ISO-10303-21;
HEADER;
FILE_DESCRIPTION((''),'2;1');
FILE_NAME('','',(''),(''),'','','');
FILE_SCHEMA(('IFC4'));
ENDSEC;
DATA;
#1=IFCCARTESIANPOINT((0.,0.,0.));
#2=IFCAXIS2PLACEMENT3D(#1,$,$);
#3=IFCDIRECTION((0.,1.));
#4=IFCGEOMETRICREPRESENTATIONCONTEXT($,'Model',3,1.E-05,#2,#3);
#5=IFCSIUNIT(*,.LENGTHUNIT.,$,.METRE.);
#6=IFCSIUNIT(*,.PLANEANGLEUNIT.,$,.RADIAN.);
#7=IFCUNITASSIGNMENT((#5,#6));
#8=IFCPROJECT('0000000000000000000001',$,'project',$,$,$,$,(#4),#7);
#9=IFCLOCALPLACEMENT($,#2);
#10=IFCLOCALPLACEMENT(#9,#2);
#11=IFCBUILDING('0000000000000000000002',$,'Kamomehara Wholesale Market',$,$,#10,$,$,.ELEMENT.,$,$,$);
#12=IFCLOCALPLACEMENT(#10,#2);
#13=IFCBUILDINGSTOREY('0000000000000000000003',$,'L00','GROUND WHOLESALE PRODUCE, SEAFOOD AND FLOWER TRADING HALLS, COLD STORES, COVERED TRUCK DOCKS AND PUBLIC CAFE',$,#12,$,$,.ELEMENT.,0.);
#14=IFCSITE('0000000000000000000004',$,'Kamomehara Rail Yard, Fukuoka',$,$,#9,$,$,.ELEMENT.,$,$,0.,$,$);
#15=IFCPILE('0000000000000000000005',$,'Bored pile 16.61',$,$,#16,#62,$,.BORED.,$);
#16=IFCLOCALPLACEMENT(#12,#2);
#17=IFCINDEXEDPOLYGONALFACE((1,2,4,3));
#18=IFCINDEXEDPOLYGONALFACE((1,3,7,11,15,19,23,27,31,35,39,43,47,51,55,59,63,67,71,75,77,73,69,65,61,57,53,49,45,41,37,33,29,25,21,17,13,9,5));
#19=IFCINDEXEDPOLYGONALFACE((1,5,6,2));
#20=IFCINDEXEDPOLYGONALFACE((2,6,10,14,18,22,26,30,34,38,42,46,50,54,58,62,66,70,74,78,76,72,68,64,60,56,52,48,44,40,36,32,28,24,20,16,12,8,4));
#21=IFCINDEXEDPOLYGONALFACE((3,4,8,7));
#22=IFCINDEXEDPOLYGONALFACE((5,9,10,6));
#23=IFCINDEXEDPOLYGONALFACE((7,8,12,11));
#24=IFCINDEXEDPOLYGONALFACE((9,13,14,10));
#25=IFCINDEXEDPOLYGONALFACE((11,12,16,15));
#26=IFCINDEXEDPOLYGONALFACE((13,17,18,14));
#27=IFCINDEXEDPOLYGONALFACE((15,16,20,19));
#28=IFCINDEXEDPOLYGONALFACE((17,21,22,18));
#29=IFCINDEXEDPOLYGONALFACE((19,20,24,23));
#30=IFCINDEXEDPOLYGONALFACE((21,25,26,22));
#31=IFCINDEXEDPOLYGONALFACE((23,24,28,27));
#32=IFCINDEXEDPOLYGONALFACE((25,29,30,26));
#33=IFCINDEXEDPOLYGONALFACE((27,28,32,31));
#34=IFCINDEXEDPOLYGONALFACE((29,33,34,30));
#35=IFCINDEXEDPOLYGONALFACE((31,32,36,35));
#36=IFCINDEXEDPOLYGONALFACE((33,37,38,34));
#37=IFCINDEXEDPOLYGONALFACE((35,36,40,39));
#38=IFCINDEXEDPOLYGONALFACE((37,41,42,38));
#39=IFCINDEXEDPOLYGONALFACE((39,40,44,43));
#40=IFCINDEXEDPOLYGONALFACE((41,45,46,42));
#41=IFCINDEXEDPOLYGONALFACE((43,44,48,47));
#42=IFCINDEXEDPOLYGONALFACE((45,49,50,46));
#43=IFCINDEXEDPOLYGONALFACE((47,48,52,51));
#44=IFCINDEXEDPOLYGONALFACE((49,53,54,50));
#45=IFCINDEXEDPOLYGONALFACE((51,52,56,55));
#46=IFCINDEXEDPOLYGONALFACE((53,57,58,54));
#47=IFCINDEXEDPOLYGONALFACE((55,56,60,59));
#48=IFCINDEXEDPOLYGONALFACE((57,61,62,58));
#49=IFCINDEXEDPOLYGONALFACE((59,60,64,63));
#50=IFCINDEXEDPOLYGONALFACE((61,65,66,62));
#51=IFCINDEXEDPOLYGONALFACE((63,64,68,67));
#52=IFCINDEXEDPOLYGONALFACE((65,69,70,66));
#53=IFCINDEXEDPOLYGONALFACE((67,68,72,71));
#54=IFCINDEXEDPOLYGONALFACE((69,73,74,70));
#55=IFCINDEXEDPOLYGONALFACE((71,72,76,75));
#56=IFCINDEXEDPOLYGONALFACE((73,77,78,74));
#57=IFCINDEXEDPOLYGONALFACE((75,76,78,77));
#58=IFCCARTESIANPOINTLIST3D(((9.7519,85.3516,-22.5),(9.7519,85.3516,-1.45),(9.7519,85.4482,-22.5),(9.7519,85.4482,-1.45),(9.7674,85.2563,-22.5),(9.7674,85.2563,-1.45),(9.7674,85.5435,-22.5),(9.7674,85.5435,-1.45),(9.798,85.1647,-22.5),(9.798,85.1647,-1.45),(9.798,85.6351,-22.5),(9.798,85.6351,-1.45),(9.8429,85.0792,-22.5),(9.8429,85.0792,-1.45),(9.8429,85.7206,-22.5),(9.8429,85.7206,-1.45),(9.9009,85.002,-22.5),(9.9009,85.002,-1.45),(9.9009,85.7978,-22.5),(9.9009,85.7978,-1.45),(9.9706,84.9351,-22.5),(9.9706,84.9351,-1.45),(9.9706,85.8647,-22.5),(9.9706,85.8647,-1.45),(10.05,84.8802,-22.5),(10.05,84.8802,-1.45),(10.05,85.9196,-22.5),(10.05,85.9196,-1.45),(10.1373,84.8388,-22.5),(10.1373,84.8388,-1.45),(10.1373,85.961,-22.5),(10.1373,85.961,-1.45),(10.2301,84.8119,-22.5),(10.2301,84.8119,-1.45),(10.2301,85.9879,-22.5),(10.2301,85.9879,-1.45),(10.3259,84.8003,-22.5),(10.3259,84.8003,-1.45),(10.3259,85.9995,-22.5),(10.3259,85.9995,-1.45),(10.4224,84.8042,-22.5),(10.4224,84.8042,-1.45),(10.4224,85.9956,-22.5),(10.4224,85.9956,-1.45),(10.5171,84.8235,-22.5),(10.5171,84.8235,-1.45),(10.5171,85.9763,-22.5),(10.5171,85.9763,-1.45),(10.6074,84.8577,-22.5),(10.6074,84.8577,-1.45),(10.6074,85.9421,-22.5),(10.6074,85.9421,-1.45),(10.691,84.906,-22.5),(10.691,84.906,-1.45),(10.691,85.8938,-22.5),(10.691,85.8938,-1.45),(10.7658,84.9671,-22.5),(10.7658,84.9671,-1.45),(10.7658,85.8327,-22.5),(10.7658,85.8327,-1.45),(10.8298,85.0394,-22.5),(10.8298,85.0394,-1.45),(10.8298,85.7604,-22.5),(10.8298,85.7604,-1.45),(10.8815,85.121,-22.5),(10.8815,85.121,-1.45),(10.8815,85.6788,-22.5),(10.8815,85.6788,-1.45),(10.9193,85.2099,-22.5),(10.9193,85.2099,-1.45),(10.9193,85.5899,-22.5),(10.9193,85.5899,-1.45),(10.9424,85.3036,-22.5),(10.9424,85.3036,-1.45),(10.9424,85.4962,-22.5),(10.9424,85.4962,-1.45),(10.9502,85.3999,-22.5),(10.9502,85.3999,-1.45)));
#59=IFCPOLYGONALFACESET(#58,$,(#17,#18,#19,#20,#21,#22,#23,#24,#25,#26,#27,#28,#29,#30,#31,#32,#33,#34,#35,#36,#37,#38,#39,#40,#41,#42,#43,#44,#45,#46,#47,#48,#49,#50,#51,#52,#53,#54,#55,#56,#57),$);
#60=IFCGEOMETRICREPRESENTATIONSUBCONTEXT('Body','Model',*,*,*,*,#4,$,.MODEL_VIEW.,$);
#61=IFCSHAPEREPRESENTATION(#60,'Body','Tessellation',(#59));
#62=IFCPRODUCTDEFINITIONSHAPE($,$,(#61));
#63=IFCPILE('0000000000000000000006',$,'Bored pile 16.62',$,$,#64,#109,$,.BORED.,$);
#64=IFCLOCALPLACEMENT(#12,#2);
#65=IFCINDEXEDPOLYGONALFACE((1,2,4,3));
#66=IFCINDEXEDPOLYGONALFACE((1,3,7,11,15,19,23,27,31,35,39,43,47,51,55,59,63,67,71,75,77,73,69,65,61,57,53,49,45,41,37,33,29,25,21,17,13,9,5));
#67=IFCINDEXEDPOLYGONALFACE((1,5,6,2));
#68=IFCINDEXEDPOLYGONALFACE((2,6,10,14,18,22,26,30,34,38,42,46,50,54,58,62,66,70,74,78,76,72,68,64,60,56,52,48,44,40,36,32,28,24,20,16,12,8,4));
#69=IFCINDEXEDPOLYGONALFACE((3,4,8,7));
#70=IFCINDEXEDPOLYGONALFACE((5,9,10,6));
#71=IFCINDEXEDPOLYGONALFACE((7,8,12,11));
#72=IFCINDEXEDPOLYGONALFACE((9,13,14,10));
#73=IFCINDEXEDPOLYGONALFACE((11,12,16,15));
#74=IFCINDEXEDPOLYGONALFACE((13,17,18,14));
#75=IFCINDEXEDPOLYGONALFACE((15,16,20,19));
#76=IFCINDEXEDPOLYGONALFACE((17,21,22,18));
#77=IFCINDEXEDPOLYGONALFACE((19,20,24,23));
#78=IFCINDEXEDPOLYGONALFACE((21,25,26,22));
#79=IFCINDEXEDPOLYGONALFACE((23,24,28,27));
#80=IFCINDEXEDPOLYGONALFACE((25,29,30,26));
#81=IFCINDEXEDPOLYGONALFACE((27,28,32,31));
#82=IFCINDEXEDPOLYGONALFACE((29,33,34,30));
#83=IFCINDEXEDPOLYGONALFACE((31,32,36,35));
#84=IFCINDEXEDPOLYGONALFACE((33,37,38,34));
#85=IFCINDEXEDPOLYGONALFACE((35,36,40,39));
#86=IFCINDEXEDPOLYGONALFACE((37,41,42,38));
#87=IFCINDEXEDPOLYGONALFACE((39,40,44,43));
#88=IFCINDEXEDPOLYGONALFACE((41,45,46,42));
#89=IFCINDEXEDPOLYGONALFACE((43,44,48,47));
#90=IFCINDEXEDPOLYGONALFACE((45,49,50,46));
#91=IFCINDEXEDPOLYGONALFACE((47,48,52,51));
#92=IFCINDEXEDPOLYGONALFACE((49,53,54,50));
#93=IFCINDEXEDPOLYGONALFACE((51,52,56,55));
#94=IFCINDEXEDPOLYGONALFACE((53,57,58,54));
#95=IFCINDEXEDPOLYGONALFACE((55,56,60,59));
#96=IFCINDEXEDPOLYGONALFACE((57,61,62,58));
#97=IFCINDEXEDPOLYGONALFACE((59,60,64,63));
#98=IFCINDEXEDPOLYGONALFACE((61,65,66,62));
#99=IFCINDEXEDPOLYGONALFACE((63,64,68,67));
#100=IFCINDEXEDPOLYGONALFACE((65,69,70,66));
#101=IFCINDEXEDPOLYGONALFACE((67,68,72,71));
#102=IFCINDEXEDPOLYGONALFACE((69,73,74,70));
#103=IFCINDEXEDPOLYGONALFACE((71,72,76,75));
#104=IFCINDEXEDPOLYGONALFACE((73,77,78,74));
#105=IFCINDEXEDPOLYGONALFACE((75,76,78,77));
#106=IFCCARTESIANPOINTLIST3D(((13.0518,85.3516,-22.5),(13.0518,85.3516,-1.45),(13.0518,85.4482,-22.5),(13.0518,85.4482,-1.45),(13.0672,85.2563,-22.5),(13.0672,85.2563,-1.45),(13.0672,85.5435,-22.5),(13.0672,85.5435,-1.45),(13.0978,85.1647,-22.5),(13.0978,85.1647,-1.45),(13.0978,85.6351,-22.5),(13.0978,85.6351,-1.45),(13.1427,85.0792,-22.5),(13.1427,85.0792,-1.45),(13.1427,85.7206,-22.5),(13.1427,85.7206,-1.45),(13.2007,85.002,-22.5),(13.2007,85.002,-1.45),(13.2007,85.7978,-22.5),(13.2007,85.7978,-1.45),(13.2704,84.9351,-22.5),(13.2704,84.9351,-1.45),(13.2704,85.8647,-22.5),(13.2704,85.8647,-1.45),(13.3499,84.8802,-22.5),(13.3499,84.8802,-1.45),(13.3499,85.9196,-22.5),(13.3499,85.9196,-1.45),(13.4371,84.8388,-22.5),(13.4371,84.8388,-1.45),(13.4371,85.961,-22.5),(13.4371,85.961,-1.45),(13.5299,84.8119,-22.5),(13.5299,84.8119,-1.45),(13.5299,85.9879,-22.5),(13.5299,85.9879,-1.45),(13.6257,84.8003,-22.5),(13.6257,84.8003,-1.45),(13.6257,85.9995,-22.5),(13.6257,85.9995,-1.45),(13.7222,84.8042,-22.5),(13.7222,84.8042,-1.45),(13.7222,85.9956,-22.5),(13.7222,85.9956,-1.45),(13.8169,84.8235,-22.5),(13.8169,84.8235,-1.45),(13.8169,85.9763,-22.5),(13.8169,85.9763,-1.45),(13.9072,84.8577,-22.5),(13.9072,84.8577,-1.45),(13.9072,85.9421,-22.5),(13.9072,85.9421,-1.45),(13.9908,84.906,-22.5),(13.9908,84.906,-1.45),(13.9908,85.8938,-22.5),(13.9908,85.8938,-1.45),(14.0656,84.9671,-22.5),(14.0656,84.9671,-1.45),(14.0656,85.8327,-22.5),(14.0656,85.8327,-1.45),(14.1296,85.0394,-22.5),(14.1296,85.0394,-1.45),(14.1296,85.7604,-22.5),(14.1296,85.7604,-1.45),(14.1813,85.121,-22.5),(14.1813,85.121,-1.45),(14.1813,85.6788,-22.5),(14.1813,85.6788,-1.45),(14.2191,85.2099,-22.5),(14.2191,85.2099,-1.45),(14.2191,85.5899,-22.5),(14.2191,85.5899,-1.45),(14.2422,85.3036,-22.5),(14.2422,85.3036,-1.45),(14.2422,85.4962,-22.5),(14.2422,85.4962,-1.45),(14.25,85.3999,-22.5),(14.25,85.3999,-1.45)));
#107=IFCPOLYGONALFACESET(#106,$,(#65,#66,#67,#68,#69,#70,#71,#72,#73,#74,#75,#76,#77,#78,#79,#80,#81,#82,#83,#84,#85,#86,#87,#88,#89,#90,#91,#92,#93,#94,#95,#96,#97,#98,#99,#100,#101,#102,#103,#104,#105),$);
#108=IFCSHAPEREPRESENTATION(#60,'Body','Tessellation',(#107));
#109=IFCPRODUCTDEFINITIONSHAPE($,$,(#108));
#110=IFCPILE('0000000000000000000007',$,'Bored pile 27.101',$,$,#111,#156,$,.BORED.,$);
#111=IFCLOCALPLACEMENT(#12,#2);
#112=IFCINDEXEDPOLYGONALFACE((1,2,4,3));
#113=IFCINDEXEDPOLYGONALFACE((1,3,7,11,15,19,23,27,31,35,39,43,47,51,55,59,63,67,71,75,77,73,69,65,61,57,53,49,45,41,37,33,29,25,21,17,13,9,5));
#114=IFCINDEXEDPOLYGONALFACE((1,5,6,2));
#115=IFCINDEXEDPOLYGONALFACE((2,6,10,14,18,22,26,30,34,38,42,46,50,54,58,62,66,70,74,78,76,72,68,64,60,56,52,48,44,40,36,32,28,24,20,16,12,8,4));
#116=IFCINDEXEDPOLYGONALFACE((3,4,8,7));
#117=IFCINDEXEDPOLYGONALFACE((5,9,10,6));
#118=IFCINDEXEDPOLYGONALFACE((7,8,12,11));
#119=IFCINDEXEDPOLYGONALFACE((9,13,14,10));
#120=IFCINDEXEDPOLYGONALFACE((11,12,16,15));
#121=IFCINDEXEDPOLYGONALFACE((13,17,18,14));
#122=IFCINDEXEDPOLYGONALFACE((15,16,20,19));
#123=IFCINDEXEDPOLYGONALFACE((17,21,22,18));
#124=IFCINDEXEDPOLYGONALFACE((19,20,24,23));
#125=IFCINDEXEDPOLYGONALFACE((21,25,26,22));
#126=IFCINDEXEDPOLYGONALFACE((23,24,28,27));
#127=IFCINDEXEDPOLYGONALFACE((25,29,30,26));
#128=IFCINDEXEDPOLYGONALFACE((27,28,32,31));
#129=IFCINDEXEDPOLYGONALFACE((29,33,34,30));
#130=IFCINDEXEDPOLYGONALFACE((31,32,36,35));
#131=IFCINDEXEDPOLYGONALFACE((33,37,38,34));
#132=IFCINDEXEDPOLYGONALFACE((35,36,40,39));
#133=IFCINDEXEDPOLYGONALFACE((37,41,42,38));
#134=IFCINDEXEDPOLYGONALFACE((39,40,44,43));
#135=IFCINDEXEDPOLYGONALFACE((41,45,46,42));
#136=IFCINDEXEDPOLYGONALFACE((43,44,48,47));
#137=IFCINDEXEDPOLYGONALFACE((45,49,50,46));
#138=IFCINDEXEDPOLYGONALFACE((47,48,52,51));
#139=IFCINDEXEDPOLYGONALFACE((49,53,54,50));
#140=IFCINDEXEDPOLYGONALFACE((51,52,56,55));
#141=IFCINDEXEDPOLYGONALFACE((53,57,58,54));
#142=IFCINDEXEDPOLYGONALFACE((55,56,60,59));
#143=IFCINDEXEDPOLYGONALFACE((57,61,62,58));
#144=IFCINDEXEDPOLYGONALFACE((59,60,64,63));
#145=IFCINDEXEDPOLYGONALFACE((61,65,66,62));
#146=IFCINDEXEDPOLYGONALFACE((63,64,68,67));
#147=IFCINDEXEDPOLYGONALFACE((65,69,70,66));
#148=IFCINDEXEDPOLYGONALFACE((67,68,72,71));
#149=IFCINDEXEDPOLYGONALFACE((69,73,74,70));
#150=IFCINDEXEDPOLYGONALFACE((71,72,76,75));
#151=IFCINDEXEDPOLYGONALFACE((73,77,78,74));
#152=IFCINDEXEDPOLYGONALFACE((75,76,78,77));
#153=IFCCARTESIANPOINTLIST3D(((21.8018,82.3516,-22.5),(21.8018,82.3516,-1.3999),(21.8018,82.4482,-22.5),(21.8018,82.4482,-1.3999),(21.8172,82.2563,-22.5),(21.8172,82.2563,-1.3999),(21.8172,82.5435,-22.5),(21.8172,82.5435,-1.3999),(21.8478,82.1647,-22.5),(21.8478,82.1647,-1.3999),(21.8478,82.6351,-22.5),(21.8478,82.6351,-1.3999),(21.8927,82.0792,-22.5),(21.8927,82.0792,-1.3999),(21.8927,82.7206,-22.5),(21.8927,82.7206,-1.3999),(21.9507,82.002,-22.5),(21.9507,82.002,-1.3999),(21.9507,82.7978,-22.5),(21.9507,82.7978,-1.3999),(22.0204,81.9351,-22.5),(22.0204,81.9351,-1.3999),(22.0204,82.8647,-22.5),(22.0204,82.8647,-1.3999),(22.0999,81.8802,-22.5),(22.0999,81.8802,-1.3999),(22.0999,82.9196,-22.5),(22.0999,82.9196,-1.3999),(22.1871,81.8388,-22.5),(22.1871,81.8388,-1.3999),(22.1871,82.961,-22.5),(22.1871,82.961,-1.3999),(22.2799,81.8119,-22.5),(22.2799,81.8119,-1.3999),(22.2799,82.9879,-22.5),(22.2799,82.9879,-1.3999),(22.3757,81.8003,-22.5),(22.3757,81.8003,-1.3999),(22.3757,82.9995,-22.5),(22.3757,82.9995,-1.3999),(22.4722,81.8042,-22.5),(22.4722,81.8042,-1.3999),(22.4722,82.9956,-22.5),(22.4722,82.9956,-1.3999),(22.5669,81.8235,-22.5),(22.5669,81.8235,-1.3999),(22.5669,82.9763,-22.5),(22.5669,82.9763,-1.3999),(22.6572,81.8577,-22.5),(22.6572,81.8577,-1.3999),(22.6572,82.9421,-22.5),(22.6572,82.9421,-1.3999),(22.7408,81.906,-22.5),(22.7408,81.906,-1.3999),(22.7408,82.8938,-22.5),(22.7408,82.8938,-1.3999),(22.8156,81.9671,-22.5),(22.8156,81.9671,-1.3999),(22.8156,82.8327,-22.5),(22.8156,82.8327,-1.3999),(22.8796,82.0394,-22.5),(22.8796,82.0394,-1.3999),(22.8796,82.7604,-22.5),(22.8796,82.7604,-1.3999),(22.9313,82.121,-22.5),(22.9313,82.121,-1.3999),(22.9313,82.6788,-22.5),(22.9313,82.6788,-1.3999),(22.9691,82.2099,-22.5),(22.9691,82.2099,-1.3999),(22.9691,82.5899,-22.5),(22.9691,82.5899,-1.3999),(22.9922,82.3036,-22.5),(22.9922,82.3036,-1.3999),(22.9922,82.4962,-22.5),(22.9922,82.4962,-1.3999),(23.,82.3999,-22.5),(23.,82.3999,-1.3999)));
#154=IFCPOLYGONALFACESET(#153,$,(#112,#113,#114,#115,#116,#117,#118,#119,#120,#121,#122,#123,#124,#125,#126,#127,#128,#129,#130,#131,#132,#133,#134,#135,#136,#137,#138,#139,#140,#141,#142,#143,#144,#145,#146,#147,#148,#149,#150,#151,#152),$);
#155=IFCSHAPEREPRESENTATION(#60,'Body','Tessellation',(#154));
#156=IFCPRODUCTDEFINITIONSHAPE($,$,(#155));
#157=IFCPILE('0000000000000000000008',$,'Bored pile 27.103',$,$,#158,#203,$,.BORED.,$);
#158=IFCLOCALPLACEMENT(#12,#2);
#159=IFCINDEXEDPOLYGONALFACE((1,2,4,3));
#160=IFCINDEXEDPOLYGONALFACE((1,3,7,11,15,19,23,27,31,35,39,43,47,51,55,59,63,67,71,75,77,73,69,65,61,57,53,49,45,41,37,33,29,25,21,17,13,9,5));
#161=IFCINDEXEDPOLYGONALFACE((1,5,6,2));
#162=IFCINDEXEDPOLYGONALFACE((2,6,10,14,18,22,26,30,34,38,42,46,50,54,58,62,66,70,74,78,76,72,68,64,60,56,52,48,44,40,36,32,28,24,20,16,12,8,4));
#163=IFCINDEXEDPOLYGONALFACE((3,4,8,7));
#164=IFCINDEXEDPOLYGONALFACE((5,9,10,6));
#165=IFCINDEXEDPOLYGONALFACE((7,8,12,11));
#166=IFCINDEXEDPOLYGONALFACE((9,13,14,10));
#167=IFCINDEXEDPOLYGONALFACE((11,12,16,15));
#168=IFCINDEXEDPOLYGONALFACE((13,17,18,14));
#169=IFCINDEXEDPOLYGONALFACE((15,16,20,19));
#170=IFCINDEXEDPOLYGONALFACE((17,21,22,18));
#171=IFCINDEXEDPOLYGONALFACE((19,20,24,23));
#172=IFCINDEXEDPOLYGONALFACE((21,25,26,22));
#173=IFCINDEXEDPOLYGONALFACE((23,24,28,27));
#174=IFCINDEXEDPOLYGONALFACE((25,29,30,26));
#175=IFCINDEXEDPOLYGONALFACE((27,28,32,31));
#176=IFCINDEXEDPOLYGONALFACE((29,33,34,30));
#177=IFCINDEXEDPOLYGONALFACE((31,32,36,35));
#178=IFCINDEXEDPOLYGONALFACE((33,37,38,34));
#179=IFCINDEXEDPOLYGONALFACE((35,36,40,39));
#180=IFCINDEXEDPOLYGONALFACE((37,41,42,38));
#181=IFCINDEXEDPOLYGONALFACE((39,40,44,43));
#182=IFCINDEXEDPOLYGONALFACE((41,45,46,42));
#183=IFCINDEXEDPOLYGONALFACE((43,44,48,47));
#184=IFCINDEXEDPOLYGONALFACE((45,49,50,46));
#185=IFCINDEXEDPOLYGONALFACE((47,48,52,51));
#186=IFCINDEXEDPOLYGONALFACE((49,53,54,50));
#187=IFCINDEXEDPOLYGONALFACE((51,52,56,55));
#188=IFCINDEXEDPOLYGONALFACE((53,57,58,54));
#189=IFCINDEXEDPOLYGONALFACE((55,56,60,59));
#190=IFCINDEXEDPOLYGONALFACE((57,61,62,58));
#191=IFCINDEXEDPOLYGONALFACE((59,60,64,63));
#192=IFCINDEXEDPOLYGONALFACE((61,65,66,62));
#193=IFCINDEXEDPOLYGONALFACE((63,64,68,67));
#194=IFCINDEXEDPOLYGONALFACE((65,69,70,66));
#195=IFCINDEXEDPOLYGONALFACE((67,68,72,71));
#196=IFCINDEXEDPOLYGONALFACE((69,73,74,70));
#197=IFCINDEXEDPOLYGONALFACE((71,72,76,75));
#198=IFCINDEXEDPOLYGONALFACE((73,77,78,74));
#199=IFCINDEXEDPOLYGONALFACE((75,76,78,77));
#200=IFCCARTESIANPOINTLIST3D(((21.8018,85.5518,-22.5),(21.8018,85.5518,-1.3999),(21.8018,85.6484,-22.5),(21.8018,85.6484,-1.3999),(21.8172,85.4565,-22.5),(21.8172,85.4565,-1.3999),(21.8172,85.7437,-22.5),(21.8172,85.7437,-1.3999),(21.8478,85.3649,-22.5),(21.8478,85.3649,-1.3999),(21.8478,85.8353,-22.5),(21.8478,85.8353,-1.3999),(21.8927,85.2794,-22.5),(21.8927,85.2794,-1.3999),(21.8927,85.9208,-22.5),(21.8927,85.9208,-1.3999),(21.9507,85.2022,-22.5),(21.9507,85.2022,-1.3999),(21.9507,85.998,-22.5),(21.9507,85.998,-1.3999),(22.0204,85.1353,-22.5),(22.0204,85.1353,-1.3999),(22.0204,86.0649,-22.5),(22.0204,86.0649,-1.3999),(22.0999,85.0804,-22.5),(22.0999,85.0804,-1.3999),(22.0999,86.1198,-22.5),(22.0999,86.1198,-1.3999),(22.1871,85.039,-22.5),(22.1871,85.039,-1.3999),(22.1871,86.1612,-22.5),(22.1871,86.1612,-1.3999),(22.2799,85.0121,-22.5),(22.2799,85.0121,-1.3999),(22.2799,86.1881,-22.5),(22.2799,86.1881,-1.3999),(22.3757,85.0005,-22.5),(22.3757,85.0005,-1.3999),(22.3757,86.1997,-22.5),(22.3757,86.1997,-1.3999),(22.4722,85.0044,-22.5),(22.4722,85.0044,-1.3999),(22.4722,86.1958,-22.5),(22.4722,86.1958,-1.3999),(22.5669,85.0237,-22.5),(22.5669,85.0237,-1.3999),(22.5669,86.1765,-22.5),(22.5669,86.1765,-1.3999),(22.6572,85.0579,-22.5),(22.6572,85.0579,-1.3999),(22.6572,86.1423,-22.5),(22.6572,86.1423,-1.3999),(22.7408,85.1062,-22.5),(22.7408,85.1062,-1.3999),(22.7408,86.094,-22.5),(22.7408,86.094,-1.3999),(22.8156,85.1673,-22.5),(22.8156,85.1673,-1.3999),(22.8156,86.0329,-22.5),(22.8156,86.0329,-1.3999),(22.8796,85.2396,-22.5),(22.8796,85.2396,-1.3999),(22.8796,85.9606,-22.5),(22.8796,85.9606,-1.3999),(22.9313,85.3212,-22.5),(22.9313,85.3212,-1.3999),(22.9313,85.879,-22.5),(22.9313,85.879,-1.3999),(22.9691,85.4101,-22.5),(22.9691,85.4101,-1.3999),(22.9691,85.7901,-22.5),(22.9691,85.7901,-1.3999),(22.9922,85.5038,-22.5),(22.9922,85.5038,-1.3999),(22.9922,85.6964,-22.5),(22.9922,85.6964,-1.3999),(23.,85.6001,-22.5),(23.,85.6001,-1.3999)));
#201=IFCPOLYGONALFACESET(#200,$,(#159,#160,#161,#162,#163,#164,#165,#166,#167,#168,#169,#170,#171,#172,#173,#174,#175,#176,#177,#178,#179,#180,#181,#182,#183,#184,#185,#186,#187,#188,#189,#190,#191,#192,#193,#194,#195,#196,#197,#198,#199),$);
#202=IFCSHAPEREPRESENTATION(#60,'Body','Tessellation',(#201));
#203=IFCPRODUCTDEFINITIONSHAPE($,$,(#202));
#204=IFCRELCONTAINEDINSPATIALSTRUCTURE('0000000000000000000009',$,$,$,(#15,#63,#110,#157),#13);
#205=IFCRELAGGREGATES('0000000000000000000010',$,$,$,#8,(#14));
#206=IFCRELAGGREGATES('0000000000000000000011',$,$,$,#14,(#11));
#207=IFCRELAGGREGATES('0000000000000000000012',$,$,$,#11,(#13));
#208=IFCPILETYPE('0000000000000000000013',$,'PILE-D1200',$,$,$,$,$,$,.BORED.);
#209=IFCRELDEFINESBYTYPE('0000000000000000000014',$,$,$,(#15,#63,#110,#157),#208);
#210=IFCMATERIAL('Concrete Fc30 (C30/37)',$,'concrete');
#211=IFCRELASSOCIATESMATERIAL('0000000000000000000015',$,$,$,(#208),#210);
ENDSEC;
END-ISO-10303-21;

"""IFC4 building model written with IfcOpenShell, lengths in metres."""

from ifc_helpers import new_model, si_unit, direction, frame, origin, origin_2d, place, context, subcontext, project, spatial, circle, extrude, material, material_profile, profile_set, type_object, element, save


model = new_model("IFC4")

# Units and contexts
model_context = context("Model", 3, precision=1e-05, world=origin(), true_north=direction((0.0, 1.0)))
body_context = subcontext(model_context, "Body", "Model", "MODEL_VIEW")
ifc_project = project(units=[si_unit("LENGTHUNIT", "METRE"), si_unit("PLANEANGLEUNIT", "RADIAN")], contexts=[model_context])

# Site, building, storey
site_placement = place(None, origin())
site = spatial("IfcSite", under=ifc_project, at=site_placement, Name="Kamomehara Rail Yard, Fukuoka", CompositionType="ELEMENT", RefElevation=0.0)
building_placement = place(site_placement, origin())
building = spatial("IfcBuilding", under=site, at=building_placement, Name="Kamomehara Wholesale Market", CompositionType="ELEMENT")
storey_placement = place(building_placement, origin())
storey = spatial("IfcBuildingStorey", under=building, at=storey_placement, Name="L00", Description="GROUND WHOLESALE PRODUCE, SEAFOOD AND FLOWER TRADING HALLS, COLD STORES, COVERED TRUCK DOCKS AND PUBLIC CAFE", CompositionType="ELEMENT", Elevation=0.0)

# Piles
ifc_material_1 = material(Name="Concrete Fc30 (C30/37)", Category="concrete")
ifc_material_profile_1 = material_profile(ifc_material_1, circle(Radius=0.6001, at=origin_2d()), Name="RC-PILE-D1200")
ifc_profile_set_1 = profile_set([ifc_material_profile_1], Name="Concrete Fc30 (C30/37)")
pile_type_1 = type_object("IfcPileType", Name="PILE-D1200", PredefinedType="BORED", material=ifc_profile_set_1)
for number, where, z_axis, x_axis, name in (
    (1, (10.3501, 85.3999, -1.45), (0.0, 0.0, -1.0), (1.0, 0.0, 0.0), "Bored pile 16.61"),
    (2, (13.6499, 85.3999, -1.45), (0.0, 0.0, -1.0), (1.0, 0.0, 0.0), "Bored pile 16.62"),
):
    element("IfcPile", number, at=place(storey_placement, frame(where, z_axis=z_axis, x_axis=x_axis)), inside=storey, type_object=pile_type_1, Name=name, PredefinedType="BORED", context=body_context, shape_type="SweptSolid", body=[
        extrude(circle(Radius=0.6001, at=origin_2d()), origin(), (0.0, 0.0, 1.0), 21.05),
    ])
for number, where, z_axis, x_axis, name in (
    (3, (22.3999, 82.3999, -1.3999), (0.0, 0.0, -1.0), (1.0, 0.0, 0.0), "Bored pile 27.101"),
    (4, (22.3999, 85.6001, -1.3999), (0.0, 0.0, -1.0), (1.0, 0.0, 0.0), "Bored pile 27.103"),
):
    element("IfcPile", number, at=place(storey_placement, frame(where, z_axis=z_axis, x_axis=x_axis)), inside=storey, type_object=pile_type_1, Name=name, PredefinedType="BORED", context=body_context, shape_type="SweptSolid", body=[
        extrude(circle(Radius=0.6001, at=origin_2d()), origin(), (0.0, 0.0, 1.0), 21.1001),
    ])

save(model, "model.ifc")
